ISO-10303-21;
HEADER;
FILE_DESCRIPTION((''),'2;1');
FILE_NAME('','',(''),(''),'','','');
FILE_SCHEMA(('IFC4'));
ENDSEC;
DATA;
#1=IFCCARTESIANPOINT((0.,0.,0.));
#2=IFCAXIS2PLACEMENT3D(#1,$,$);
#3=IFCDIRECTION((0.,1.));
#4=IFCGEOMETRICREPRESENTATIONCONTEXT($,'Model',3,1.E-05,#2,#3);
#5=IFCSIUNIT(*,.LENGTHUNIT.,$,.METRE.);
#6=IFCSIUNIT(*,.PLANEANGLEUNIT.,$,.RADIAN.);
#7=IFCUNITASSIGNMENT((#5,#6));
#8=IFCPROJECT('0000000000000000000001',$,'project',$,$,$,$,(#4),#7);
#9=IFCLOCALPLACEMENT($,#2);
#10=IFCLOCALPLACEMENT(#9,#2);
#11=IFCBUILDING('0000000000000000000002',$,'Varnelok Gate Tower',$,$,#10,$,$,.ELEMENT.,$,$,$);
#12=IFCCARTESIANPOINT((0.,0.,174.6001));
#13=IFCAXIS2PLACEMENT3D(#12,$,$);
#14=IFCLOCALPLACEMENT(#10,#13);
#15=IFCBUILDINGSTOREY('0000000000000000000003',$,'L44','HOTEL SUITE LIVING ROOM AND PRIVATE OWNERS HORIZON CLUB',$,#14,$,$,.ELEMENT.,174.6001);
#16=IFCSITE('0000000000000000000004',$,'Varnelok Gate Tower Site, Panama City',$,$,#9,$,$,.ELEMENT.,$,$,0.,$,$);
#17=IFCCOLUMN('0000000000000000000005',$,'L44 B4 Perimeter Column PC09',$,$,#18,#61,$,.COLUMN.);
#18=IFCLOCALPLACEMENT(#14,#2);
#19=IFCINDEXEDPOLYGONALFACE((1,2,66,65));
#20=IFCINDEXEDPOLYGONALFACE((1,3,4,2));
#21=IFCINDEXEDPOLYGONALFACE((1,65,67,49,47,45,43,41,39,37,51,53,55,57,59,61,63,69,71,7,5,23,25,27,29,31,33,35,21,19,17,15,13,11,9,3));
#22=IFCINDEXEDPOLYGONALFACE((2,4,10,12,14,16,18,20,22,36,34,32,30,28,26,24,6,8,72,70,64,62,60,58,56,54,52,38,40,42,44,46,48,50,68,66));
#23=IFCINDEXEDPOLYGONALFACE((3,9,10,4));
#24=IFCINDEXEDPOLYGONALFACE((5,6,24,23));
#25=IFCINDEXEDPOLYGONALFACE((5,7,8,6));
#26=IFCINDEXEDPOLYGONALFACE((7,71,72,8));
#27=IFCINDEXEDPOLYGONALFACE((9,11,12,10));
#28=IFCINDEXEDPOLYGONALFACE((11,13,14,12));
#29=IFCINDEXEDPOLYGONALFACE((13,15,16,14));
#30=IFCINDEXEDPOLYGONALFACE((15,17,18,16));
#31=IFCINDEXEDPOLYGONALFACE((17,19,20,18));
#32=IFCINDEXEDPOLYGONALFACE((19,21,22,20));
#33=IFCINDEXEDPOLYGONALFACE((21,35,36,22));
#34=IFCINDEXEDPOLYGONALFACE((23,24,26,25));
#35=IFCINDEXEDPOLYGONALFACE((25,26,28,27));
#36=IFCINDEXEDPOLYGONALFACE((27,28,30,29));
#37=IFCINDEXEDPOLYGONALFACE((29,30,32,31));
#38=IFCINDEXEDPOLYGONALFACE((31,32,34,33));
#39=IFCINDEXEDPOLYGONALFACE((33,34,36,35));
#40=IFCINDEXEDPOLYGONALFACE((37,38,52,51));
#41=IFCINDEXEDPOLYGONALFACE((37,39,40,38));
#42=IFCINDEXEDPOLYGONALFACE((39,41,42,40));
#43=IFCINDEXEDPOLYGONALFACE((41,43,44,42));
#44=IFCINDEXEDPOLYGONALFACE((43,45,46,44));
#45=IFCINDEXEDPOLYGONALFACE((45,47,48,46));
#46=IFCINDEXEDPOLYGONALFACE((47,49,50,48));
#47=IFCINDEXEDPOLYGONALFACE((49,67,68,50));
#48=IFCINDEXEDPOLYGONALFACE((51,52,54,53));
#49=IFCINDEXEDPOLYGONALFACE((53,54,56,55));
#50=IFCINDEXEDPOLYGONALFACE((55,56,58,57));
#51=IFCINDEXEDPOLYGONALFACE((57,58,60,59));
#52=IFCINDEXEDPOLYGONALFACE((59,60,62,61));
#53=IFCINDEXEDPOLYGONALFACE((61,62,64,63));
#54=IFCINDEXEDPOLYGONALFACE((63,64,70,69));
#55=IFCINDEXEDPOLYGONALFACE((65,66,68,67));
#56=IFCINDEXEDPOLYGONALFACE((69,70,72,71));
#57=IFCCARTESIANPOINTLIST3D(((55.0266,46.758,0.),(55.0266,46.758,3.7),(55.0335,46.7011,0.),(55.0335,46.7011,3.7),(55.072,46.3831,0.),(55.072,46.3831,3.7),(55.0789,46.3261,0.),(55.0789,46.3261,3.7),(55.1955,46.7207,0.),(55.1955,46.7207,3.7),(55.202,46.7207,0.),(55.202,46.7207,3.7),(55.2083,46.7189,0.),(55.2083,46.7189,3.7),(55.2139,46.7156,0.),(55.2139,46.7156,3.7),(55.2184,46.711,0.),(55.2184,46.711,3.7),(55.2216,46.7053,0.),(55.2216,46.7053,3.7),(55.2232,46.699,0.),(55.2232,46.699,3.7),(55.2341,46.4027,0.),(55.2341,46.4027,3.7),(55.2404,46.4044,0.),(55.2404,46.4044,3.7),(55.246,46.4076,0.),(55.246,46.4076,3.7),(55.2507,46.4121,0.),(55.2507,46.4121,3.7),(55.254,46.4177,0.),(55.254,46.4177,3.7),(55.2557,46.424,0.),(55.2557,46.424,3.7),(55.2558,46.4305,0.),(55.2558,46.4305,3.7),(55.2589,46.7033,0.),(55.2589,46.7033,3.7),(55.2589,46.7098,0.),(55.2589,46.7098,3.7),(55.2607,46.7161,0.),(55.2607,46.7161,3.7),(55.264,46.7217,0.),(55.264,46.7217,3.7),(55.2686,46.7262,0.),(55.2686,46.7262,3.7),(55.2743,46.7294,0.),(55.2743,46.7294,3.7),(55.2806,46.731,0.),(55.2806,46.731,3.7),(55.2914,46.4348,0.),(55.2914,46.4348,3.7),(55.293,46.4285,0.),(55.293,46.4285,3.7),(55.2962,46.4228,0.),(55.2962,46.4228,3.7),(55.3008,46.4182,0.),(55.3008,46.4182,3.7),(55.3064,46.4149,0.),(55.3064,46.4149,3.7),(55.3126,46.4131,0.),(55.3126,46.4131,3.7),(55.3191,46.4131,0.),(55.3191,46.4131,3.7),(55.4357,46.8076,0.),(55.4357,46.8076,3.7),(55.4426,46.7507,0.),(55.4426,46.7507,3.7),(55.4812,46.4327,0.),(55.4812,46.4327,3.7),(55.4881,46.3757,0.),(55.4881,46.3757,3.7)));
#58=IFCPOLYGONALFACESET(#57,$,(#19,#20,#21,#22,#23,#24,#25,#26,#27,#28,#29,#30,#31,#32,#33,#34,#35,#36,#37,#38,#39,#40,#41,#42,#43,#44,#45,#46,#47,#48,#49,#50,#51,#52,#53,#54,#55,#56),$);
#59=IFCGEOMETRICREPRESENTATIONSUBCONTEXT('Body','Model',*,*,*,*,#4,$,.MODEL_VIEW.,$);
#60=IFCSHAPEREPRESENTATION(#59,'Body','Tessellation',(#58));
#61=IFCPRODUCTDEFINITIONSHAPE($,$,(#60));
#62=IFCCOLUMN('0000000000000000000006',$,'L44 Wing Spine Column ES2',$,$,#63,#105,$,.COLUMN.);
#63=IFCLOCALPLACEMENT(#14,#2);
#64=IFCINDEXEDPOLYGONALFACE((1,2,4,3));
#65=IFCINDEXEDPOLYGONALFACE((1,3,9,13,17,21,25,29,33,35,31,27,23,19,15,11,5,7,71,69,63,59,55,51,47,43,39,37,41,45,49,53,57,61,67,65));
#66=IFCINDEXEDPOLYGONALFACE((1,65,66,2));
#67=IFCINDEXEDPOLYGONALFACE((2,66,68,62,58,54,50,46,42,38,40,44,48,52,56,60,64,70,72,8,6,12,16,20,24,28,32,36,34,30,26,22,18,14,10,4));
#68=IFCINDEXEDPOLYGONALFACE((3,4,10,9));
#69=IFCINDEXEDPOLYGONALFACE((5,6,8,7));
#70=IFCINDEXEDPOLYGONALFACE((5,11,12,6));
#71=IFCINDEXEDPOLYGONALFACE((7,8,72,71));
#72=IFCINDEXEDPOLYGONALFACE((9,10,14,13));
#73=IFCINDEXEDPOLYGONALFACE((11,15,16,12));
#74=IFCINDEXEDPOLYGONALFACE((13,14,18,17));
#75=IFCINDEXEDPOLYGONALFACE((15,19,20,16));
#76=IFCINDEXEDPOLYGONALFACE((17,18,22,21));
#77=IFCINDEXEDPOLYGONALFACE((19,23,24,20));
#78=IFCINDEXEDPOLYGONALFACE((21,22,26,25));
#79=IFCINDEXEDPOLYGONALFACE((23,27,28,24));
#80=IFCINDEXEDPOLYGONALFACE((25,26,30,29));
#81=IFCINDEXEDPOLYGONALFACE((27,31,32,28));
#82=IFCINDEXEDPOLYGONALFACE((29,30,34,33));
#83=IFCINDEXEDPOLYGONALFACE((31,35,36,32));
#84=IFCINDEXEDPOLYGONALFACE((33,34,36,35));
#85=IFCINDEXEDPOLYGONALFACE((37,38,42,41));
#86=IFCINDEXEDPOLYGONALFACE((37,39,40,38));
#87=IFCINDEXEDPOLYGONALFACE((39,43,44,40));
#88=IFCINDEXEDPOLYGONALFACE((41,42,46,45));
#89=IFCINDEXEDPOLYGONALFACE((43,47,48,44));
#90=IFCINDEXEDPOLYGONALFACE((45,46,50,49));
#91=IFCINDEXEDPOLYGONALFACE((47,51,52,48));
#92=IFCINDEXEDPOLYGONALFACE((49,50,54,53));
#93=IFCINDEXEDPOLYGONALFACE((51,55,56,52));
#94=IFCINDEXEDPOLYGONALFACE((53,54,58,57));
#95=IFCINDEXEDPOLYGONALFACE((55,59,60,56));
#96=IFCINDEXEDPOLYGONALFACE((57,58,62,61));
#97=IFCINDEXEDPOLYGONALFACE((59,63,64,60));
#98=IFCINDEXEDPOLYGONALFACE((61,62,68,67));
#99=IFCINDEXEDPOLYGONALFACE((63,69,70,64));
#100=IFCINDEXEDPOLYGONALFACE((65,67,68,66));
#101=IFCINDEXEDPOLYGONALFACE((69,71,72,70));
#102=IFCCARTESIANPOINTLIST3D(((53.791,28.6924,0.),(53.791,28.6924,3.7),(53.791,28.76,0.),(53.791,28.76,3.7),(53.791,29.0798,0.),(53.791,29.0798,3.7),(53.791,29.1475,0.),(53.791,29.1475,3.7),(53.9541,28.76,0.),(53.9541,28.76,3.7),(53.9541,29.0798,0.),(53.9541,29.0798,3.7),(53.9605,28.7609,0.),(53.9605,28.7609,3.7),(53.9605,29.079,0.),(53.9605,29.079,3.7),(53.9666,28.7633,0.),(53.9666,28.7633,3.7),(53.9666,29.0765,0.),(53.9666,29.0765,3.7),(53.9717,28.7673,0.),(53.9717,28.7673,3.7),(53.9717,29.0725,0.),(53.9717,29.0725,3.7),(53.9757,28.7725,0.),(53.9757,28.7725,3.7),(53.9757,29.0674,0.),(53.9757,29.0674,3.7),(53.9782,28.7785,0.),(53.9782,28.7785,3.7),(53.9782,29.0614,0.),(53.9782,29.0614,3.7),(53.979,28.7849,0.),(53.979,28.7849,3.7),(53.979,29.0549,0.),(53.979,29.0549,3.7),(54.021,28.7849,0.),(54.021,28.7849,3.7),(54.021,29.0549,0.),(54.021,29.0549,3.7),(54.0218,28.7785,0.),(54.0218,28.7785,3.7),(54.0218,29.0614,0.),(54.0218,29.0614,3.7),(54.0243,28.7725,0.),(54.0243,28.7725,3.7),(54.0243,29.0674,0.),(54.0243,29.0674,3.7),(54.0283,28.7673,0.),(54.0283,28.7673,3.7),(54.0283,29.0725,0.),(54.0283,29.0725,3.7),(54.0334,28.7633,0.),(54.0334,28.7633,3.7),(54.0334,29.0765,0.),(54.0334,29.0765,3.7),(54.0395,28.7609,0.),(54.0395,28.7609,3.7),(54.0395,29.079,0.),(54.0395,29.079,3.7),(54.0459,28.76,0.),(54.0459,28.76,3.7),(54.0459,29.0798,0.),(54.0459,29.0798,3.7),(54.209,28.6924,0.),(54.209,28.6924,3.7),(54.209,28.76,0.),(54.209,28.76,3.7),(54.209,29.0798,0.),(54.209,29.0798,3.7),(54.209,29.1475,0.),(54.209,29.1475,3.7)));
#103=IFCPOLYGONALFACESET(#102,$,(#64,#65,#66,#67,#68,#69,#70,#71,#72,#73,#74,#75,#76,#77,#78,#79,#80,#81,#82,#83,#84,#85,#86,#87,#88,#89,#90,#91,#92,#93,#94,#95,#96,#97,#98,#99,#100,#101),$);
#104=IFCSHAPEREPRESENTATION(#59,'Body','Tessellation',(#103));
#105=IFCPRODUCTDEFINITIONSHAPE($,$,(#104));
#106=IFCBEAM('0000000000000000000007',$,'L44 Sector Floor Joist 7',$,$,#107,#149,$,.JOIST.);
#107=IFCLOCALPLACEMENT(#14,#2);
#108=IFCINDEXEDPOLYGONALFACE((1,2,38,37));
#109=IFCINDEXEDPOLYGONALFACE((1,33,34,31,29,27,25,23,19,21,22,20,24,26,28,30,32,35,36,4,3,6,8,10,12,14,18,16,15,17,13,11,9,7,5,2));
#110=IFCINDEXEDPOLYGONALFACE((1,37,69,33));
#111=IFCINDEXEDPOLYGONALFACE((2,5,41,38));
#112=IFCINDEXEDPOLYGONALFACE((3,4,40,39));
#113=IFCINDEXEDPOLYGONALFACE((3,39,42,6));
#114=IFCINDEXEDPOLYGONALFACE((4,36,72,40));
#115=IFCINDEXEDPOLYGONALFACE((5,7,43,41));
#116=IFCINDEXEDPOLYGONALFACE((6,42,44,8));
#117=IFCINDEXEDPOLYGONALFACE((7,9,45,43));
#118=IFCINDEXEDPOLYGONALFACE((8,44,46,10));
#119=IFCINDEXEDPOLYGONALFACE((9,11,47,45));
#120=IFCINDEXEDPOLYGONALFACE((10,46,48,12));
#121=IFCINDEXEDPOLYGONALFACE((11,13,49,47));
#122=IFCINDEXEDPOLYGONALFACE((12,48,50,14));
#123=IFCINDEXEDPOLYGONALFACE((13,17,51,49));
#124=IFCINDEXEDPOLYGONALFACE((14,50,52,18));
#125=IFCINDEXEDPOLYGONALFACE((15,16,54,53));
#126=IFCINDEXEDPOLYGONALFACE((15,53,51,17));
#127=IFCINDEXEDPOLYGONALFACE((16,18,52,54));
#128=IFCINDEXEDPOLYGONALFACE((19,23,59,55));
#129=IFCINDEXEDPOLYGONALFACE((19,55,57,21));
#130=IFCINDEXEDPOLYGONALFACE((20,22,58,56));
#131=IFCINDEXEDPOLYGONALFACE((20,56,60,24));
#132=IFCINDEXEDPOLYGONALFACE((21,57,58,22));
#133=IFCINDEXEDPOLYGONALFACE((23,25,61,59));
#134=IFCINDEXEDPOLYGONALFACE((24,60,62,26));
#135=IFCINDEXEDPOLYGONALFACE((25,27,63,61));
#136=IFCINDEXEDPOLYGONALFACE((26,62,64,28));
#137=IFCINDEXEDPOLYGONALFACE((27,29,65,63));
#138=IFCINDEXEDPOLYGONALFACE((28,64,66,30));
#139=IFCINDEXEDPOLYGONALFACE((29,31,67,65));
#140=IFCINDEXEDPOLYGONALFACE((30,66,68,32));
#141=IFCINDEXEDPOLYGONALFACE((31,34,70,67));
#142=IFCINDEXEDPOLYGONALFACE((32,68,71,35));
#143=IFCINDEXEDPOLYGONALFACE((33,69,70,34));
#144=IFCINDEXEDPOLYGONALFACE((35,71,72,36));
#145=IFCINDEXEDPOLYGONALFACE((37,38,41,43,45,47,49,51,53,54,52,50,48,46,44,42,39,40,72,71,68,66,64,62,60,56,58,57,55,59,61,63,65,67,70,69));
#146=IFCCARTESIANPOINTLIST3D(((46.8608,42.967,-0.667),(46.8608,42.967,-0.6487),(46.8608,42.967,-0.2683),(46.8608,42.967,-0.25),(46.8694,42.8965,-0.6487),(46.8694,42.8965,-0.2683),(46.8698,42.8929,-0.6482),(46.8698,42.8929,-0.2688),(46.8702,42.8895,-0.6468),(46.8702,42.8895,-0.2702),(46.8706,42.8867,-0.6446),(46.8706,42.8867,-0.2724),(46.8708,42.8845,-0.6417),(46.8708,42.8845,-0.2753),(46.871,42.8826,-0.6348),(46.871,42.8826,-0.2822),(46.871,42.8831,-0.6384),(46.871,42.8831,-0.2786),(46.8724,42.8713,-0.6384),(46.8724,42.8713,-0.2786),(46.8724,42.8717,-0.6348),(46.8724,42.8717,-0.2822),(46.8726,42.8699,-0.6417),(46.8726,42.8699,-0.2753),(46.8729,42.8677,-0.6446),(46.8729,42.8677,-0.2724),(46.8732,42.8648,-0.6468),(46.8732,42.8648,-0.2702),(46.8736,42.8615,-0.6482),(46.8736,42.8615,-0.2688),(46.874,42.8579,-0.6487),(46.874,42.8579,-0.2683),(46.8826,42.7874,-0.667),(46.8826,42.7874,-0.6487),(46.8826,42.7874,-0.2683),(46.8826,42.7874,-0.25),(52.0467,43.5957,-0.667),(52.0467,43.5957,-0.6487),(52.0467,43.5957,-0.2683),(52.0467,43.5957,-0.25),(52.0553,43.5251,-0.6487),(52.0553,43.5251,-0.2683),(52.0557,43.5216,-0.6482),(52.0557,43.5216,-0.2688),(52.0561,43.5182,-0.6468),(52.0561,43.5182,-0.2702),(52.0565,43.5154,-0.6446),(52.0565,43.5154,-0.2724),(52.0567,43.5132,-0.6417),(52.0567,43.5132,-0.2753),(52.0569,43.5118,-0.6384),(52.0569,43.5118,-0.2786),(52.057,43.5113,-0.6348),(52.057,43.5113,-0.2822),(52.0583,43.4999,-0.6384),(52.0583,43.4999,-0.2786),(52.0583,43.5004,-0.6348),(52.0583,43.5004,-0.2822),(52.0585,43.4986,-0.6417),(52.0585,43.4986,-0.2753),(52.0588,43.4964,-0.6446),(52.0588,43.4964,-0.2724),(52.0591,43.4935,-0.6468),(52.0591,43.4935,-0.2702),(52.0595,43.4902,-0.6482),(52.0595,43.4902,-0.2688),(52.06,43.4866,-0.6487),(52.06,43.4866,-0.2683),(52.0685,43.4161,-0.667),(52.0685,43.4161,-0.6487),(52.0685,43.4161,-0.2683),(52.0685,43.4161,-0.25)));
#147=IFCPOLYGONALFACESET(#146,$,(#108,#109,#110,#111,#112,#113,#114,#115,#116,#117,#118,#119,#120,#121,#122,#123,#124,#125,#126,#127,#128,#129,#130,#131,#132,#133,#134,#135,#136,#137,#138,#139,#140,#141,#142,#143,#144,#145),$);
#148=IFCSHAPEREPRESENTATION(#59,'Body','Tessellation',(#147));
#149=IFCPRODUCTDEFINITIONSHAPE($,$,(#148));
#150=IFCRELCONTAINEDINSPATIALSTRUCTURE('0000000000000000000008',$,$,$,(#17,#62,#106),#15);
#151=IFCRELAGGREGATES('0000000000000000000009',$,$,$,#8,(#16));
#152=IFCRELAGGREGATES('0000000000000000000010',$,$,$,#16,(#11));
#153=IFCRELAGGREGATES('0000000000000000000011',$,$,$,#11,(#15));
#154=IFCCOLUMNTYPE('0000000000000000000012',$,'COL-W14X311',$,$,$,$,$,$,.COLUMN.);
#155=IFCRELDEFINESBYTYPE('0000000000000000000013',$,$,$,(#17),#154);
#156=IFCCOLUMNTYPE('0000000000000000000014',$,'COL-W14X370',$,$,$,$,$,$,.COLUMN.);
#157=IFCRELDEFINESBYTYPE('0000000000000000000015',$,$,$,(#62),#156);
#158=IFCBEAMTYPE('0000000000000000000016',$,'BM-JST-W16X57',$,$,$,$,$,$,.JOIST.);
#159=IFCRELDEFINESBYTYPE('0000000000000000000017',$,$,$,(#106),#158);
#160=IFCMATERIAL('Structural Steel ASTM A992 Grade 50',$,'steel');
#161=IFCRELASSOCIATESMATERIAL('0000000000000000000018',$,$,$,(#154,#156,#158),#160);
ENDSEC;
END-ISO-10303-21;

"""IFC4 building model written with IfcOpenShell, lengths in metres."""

from ifc_helpers import new_model, si_unit, direction, frame, origin, origin_2d, place, context, subcontext, project, spatial, i_section, extrude, material, material_profile, profile_set, type_object, element, save


model = new_model("IFC4")

# Units and contexts
model_context = context("Model", 3, precision=1e-05, world=origin(), true_north=direction((0.0, 1.0)))
body_context = subcontext(model_context, "Body", "Model", "MODEL_VIEW")
ifc_project = project(units=[si_unit("LENGTHUNIT", "METRE"), si_unit("PLANEANGLEUNIT", "RADIAN")], contexts=[model_context])

# Site, building, storey
site_placement = place(None, origin())
site = spatial("IfcSite", under=ifc_project, at=site_placement, Name="Varnelok Gate Tower Site, Panama City", CompositionType="ELEMENT", RefElevation=0.0)
building_placement = place(site_placement, origin())
building = spatial("IfcBuilding", under=site, at=building_placement, Name="Varnelok Gate Tower", CompositionType="ELEMENT")
storey_placement = place(building_placement, frame((0.0, 0.0, 174.6001)))
storey = spatial("IfcBuildingStorey", under=building, at=storey_placement, Name="L44", Description="HOTEL SUITE LIVING ROOM AND PRIVATE OWNERS HORIZON CLUB", CompositionType="ELEMENT", Elevation=174.6001)

# Columns
ifc_material_1 = material(Name="Structural Steel ASTM A992 Grade 50", Category="steel")
ifc_material_profile_1 = material_profile(ifc_material_1, i_section(OverallWidth=0.4121, OverallDepth=0.4351, WebThickness=0.0359, FlangeThickness=0.0574, FilletRadius=0.0249, at=origin_2d()), Name="W14X311")
ifc_profile_set_1 = profile_set([ifc_material_profile_1], Name="Structural Steel ASTM A992 Grade 50")
column_type_1 = type_object("IfcColumnType", Name="COL-W14X311", PredefinedType="COLUMN", material=ifc_profile_set_1)
column_1_placement = place(storey_placement, frame((55.2573, 46.5669, 0.0), z_axis=(0.0, 0.0, 1.0), x_axis=(0.992732, 0.120345, 0.0)))
element("IfcColumn", 1, at=column_1_placement, inside=storey, type_object=column_type_1, Name="L44 B4 Perimeter Column PC09", PredefinedType="COLUMN", context=body_context, shape_type="SweptSolid", body=[
    extrude(i_section(OverallWidth=0.4121, OverallDepth=0.4351, WebThickness=0.0359, FlangeThickness=0.0574, FilletRadius=0.0249, at=origin_2d()), origin(), (0.0, 0.0, 1.0), 3.7),
])
ifc_material_profile_2 = material_profile(ifc_material_1, i_section(OverallWidth=0.418, OverallDepth=0.4551, WebThickness=0.042, FlangeThickness=0.0676, FilletRadius=0.0249, at=origin_2d()), Name="W14X370")
ifc_profile_set_2 = profile_set([ifc_material_profile_2], Name="Structural Steel ASTM A992 Grade 50")
column_type_2 = type_object("IfcColumnType", Name="COL-W14X370", PredefinedType="COLUMN", material=ifc_profile_set_2)
column_2_placement = place(storey_placement, frame((54.0, 28.9199, 0.0), z_axis=(0.0, 0.0, 1.0), x_axis=(1.0, 0.0, 0.0)))
element("IfcColumn", 2, at=column_2_placement, inside=storey, type_object=column_type_2, Name="L44 Wing Spine Column ES2", PredefinedType="COLUMN", context=body_context, shape_type="SweptSolid", body=[
    extrude(i_section(OverallWidth=0.418, OverallDepth=0.4551, WebThickness=0.042, FlangeThickness=0.0676, FilletRadius=0.0249, at=origin_2d()), origin(), (0.0, 0.0, 1.0), 3.7),
])

# Beam
ifc_material_profile_3 = material_profile(ifc_material_1, i_section(OverallWidth=0.1809, OverallDepth=0.417, WebThickness=0.011, FlangeThickness=0.0183, FilletRadius=0.0139, at=origin_2d()), Name="W16X57")
ifc_profile_set_3 = profile_set([ifc_material_profile_3], Name="Structural Steel ASTM A992 Grade 50")
beam_type_1 = type_object("IfcBeamType", Name="BM-JST-W16X57", PredefinedType="JOIST", material=ifc_profile_set_3)
beam_1_placement = place(storey_placement, frame((52.0576, 43.5059, -0.4585), z_axis=(-0.992732, -0.120347, 0.0), x_axis=(0.120347, -0.992732, 0.0)))
element("IfcBeam", 3, at=beam_1_placement, inside=storey, type_object=beam_type_1, Name="L44 Sector Floor Joist 7", PredefinedType="JOIST", context=body_context, shape_type="SweptSolid", body=[
    extrude(i_section(OverallWidth=0.1809, OverallDepth=0.417, WebThickness=0.011, FlangeThickness=0.0183, FilletRadius=0.0139, at=origin_2d()), origin(), (0.0, 0.0, 1.0), 5.2239),
])

save(model, "model.ifc")
